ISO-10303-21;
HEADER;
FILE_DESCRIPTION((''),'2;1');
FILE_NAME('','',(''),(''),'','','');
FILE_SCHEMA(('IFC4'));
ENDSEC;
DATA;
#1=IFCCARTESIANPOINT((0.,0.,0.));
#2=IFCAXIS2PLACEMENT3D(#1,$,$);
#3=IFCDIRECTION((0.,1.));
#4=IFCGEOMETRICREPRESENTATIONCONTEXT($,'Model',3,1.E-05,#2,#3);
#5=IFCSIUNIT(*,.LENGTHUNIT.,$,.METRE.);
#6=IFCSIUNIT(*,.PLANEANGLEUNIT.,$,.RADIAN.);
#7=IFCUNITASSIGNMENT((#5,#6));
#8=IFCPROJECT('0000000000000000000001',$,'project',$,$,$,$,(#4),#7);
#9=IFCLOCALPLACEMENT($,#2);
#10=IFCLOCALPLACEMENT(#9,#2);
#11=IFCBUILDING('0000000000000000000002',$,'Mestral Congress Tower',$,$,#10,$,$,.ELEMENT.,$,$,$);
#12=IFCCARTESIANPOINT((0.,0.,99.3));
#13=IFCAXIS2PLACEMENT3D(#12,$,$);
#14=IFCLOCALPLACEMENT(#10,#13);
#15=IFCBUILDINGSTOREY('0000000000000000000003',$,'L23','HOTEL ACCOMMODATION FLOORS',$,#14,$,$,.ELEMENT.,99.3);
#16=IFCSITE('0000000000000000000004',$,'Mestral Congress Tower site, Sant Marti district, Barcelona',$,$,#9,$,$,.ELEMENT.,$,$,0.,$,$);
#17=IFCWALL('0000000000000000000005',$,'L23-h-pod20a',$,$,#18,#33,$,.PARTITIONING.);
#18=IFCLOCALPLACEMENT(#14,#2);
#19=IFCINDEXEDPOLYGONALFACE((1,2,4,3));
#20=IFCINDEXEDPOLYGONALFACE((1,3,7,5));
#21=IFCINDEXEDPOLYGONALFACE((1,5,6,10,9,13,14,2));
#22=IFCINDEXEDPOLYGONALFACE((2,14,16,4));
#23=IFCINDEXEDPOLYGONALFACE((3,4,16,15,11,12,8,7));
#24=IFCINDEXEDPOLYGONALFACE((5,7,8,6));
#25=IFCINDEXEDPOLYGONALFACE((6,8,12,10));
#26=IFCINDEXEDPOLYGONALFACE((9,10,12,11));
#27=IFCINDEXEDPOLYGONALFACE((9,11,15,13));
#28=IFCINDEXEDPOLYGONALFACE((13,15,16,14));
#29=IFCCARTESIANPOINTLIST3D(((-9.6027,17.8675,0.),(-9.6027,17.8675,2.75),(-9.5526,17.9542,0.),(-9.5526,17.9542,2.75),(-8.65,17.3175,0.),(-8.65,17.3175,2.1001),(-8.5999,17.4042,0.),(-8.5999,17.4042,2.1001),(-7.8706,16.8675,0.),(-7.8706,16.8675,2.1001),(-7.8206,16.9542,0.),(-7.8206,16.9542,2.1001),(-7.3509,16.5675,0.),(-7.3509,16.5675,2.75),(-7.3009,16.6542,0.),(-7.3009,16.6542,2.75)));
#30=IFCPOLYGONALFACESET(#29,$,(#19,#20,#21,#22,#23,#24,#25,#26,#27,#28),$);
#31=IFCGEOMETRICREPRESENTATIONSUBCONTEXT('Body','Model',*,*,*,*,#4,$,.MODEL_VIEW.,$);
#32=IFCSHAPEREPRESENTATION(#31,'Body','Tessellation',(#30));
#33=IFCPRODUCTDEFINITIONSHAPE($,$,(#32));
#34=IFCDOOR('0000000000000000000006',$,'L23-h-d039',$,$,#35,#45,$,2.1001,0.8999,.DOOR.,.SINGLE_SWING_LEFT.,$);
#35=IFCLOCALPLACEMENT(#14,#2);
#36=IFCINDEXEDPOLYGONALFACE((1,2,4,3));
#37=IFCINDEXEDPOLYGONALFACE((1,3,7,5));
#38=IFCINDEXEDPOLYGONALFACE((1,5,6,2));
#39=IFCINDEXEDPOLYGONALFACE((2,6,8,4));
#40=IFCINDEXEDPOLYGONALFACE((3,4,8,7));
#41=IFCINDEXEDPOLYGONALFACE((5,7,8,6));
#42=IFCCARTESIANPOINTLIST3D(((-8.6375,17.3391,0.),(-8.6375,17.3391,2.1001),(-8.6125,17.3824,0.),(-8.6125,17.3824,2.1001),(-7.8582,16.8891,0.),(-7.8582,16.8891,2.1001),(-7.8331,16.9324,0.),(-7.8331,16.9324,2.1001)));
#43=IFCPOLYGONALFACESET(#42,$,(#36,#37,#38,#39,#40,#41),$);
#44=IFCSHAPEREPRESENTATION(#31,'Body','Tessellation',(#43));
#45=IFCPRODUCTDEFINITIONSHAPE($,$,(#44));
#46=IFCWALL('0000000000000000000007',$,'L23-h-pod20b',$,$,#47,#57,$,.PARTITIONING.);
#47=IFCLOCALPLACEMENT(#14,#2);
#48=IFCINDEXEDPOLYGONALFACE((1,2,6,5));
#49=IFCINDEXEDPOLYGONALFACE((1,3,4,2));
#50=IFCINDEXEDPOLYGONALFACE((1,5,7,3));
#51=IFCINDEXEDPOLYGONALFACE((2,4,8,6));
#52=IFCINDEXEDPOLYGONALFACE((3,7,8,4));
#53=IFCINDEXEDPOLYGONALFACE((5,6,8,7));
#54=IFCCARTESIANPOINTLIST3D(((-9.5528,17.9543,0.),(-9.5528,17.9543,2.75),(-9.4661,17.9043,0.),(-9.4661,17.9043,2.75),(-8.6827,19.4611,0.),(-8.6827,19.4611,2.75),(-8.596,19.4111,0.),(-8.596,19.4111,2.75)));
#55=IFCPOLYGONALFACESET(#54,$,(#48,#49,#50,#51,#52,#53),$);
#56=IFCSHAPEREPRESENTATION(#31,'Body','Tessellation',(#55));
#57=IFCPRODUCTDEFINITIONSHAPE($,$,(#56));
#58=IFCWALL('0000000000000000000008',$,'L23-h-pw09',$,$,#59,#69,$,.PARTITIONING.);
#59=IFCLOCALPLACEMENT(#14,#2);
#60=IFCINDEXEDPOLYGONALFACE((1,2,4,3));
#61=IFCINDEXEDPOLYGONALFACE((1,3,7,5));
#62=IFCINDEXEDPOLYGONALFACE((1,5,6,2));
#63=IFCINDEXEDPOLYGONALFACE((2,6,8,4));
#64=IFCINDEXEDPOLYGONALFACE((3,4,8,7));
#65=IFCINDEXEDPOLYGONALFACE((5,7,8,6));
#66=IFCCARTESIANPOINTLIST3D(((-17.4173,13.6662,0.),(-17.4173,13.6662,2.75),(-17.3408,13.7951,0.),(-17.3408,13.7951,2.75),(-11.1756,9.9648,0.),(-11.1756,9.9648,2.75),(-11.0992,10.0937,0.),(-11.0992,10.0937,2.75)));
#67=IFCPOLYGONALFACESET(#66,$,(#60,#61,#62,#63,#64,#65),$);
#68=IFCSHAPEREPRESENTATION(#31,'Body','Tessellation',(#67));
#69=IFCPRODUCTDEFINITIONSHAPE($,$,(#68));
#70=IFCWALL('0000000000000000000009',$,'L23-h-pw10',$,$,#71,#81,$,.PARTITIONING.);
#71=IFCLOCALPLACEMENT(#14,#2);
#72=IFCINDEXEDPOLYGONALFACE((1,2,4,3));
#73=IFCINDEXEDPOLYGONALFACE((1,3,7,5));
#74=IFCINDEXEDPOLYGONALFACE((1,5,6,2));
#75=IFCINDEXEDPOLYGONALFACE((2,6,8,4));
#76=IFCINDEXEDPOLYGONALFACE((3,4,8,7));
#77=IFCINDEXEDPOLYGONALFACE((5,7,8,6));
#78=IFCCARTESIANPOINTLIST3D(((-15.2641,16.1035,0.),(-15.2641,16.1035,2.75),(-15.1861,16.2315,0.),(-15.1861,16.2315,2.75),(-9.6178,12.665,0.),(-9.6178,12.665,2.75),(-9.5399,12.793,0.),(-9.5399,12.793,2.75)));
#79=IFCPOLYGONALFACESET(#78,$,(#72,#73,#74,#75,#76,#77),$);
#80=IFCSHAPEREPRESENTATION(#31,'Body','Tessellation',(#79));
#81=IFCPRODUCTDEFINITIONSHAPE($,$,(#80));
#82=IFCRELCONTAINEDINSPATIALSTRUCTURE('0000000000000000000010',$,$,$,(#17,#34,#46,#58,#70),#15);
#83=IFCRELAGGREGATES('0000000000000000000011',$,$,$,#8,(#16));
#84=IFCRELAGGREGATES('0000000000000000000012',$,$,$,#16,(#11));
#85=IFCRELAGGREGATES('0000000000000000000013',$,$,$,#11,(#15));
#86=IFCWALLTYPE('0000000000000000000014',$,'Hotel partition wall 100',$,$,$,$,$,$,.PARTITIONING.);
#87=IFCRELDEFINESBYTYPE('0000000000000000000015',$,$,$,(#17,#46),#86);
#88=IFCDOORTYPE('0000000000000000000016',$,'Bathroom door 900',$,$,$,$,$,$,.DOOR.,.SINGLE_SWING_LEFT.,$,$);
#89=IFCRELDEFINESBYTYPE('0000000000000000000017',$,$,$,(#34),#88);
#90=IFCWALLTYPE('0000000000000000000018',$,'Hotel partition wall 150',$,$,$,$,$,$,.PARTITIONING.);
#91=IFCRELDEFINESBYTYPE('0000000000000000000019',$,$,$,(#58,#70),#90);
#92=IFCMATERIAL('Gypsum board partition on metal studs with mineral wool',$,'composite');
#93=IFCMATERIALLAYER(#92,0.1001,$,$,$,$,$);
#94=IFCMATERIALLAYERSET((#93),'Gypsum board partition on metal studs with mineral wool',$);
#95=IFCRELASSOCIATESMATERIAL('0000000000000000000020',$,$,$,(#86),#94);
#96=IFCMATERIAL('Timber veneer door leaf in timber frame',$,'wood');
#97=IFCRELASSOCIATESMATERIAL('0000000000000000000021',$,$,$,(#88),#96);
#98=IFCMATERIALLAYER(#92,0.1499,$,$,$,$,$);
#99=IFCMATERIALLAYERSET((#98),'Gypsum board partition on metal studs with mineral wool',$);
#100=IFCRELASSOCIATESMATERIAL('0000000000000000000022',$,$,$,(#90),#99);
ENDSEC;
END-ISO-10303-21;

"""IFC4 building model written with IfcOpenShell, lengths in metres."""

from ifc_helpers import new_model, si_unit, direction, frame, frame_2d, origin, place, context, subcontext, project, spatial, rectangle, extrude, material, layer, layer_set, type_object, element, fill, save


model = new_model("IFC4")

# Units and contexts
model_context = context("Model", 3, precision=1e-05, world=origin(), true_north=direction((0.0, 1.0)))
body_context = subcontext(model_context, "Body", "Model", "MODEL_VIEW")
ifc_project = project(units=[si_unit("LENGTHUNIT", "METRE"), si_unit("PLANEANGLEUNIT", "RADIAN")], contexts=[model_context])

# Site, building, storey
site_placement = place(None, origin())
site = spatial("IfcSite", under=ifc_project, at=site_placement, Name="Mestral Congress Tower site, Sant Marti district, Barcelona", CompositionType="ELEMENT", RefElevation=0.0)
building_placement = place(site_placement, origin())
building = spatial("IfcBuilding", under=site, at=building_placement, Name="Mestral Congress Tower", CompositionType="ELEMENT")
storey_placement = place(building_placement, frame((0.0, 0.0, 99.3)))
storey = spatial("IfcBuildingStorey", under=building, at=storey_placement, Name="L23", Description="HOTEL ACCOMMODATION FLOORS", CompositionType="ELEMENT", Elevation=99.3)

# Wall, opening, door
ifc_material_1 = material(Name="Gypsum board partition on metal studs with mineral wool", Category="composite")
ifc_layer_1 = layer(ifc_material_1, 0.1001)
ifc_layer_set_1 = layer_set([ifc_layer_1], Name="Gypsum board partition on metal studs with mineral wool")
wall_type_1 = type_object("IfcWallType", Name="Hotel partition wall 100", PredefinedType="PARTITIONING", material=ifc_layer_set_1)
wall_1_placement = place(storey_placement, frame((-9.5776, 17.9109, 0.0), z_axis=(0.0, 0.0, 1.0), x_axis=(0.866021, -0.500007, 0.0)))
wall_1 = element("IfcWall", 1, at=wall_1_placement, inside=storey, type_object=wall_type_1, Name="L23-h-pod20a", PredefinedType="PARTITIONING", context=body_context, shape_type="SweptSolid", body=[
    extrude(rectangle(XDim=2.6001, YDim=0.1001, at=frame_2d((1.3, 0.0))), origin(), (0.0, 0.0, 1.0), 2.75),
])
opening_1_placement = place(wall_1_placement, frame((1.1001, 0.0, 0.0)))
opening_1 = element("IfcOpeningElement", 2, at=opening_1_placement, cuts=wall_1, PredefinedType="OPENING", context=body_context, shape_type="SweptSolid", body=[
    extrude(rectangle(XDim=0.8999, YDim=2.1001, at=frame_2d((0.45, 1.05))), frame((0.0, 0.0601, 0.0), z_axis=(0.0, -1.0, 0.0), x_axis=(1.0, 0.0, 0.0)), (0.0, 0.0, 1.0), 0.1201),
])
ifc_material_2 = material(Name="Timber veneer door leaf in timber frame", Category="wood")
door_type = type_object("IfcDoorType", Name="Bathroom door 900", OperationType="SINGLE_SWING_LEFT", PredefinedType="DOOR", material=ifc_material_2)
door_placement = place(opening_1_placement, origin())
door = element("IfcDoor", 3, at=door_placement, inside=storey, type_object=door_type, Name="L23-h-d039", OperationType="SINGLE_SWING_LEFT", OverallHeight=2.1001, OverallWidth=0.8999, PredefinedType="DOOR", context=body_context, shape_type="SweptSolid", body=[
    extrude(rectangle(XDim=0.8999, YDim=2.1001, at=frame_2d((0.45, 1.05))), frame((0.0, 0.0249, 0.0), z_axis=(0.0, -1.0, 0.0), x_axis=(1.0, 0.0, 0.0)), (0.0, 0.0, 1.0), 0.05),
])
fill(opening_1, door)

# Walls
wall_2_placement = place(storey_placement, frame((-9.5095, 17.9292, 0.0), z_axis=(0.0, 0.0, 1.0), x_axis=(0.500063, 0.865989, 0.0)))
element("IfcWall", 4, at=wall_2_placement, inside=storey, type_object=wall_type_1, Name="L23-h-pod20b", PredefinedType="PARTITIONING", context=body_context, shape_type="SweptSolid", body=[
    extrude(rectangle(XDim=1.74, YDim=0.1001, at=frame_2d((0.8701, 0.0))), origin(), (0.0, 0.0, 1.0), 2.75),
])
ifc_layer_2 = layer(ifc_material_1, 0.1499)
ifc_layer_set_2 = layer_set([ifc_layer_2], Name="Gypsum board partition on metal studs with mineral wool")
wall_type_2 = type_object("IfcWallType", Name="Hotel partition wall 150", PredefinedType="PARTITIONING", material=ifc_layer_set_2)
wall_3_placement = place(storey_placement, frame((-17.3792, 13.7307, 0.0), z_axis=(0.0, 0.0, 1.0), x_axis=(0.860132, -0.510071, 0.0)))
element("IfcWall", 5, at=wall_3_placement, inside=storey, type_object=wall_type_2, Name="L23-h-pw09", PredefinedType="PARTITIONING", context=body_context, shape_type="SweptSolid", body=[
    extrude(rectangle(XDim=7.2566, YDim=0.1499, at=frame_2d((3.6284, 0.0))), origin(), (0.0, 0.0, 1.0), 2.75),
])
wall_4_placement = place(storey_placement, frame((-15.2251, 16.1675, 0.0), z_axis=(0.0, 0.0, 1.0), x_axis=(0.854089, -0.520127, 0.0)))
element("IfcWall", 6, at=wall_4_placement, inside=storey, type_object=wall_type_2, Name="L23-h-pw10", PredefinedType="PARTITIONING", context=body_context, shape_type="SweptSolid", body=[
    extrude(rectangle(XDim=6.6108, YDim=0.1499, at=frame_2d((3.3054, 0.0))), origin(), (0.0, 0.0, 1.0), 2.75),
])

save(model, "model.ifc")
